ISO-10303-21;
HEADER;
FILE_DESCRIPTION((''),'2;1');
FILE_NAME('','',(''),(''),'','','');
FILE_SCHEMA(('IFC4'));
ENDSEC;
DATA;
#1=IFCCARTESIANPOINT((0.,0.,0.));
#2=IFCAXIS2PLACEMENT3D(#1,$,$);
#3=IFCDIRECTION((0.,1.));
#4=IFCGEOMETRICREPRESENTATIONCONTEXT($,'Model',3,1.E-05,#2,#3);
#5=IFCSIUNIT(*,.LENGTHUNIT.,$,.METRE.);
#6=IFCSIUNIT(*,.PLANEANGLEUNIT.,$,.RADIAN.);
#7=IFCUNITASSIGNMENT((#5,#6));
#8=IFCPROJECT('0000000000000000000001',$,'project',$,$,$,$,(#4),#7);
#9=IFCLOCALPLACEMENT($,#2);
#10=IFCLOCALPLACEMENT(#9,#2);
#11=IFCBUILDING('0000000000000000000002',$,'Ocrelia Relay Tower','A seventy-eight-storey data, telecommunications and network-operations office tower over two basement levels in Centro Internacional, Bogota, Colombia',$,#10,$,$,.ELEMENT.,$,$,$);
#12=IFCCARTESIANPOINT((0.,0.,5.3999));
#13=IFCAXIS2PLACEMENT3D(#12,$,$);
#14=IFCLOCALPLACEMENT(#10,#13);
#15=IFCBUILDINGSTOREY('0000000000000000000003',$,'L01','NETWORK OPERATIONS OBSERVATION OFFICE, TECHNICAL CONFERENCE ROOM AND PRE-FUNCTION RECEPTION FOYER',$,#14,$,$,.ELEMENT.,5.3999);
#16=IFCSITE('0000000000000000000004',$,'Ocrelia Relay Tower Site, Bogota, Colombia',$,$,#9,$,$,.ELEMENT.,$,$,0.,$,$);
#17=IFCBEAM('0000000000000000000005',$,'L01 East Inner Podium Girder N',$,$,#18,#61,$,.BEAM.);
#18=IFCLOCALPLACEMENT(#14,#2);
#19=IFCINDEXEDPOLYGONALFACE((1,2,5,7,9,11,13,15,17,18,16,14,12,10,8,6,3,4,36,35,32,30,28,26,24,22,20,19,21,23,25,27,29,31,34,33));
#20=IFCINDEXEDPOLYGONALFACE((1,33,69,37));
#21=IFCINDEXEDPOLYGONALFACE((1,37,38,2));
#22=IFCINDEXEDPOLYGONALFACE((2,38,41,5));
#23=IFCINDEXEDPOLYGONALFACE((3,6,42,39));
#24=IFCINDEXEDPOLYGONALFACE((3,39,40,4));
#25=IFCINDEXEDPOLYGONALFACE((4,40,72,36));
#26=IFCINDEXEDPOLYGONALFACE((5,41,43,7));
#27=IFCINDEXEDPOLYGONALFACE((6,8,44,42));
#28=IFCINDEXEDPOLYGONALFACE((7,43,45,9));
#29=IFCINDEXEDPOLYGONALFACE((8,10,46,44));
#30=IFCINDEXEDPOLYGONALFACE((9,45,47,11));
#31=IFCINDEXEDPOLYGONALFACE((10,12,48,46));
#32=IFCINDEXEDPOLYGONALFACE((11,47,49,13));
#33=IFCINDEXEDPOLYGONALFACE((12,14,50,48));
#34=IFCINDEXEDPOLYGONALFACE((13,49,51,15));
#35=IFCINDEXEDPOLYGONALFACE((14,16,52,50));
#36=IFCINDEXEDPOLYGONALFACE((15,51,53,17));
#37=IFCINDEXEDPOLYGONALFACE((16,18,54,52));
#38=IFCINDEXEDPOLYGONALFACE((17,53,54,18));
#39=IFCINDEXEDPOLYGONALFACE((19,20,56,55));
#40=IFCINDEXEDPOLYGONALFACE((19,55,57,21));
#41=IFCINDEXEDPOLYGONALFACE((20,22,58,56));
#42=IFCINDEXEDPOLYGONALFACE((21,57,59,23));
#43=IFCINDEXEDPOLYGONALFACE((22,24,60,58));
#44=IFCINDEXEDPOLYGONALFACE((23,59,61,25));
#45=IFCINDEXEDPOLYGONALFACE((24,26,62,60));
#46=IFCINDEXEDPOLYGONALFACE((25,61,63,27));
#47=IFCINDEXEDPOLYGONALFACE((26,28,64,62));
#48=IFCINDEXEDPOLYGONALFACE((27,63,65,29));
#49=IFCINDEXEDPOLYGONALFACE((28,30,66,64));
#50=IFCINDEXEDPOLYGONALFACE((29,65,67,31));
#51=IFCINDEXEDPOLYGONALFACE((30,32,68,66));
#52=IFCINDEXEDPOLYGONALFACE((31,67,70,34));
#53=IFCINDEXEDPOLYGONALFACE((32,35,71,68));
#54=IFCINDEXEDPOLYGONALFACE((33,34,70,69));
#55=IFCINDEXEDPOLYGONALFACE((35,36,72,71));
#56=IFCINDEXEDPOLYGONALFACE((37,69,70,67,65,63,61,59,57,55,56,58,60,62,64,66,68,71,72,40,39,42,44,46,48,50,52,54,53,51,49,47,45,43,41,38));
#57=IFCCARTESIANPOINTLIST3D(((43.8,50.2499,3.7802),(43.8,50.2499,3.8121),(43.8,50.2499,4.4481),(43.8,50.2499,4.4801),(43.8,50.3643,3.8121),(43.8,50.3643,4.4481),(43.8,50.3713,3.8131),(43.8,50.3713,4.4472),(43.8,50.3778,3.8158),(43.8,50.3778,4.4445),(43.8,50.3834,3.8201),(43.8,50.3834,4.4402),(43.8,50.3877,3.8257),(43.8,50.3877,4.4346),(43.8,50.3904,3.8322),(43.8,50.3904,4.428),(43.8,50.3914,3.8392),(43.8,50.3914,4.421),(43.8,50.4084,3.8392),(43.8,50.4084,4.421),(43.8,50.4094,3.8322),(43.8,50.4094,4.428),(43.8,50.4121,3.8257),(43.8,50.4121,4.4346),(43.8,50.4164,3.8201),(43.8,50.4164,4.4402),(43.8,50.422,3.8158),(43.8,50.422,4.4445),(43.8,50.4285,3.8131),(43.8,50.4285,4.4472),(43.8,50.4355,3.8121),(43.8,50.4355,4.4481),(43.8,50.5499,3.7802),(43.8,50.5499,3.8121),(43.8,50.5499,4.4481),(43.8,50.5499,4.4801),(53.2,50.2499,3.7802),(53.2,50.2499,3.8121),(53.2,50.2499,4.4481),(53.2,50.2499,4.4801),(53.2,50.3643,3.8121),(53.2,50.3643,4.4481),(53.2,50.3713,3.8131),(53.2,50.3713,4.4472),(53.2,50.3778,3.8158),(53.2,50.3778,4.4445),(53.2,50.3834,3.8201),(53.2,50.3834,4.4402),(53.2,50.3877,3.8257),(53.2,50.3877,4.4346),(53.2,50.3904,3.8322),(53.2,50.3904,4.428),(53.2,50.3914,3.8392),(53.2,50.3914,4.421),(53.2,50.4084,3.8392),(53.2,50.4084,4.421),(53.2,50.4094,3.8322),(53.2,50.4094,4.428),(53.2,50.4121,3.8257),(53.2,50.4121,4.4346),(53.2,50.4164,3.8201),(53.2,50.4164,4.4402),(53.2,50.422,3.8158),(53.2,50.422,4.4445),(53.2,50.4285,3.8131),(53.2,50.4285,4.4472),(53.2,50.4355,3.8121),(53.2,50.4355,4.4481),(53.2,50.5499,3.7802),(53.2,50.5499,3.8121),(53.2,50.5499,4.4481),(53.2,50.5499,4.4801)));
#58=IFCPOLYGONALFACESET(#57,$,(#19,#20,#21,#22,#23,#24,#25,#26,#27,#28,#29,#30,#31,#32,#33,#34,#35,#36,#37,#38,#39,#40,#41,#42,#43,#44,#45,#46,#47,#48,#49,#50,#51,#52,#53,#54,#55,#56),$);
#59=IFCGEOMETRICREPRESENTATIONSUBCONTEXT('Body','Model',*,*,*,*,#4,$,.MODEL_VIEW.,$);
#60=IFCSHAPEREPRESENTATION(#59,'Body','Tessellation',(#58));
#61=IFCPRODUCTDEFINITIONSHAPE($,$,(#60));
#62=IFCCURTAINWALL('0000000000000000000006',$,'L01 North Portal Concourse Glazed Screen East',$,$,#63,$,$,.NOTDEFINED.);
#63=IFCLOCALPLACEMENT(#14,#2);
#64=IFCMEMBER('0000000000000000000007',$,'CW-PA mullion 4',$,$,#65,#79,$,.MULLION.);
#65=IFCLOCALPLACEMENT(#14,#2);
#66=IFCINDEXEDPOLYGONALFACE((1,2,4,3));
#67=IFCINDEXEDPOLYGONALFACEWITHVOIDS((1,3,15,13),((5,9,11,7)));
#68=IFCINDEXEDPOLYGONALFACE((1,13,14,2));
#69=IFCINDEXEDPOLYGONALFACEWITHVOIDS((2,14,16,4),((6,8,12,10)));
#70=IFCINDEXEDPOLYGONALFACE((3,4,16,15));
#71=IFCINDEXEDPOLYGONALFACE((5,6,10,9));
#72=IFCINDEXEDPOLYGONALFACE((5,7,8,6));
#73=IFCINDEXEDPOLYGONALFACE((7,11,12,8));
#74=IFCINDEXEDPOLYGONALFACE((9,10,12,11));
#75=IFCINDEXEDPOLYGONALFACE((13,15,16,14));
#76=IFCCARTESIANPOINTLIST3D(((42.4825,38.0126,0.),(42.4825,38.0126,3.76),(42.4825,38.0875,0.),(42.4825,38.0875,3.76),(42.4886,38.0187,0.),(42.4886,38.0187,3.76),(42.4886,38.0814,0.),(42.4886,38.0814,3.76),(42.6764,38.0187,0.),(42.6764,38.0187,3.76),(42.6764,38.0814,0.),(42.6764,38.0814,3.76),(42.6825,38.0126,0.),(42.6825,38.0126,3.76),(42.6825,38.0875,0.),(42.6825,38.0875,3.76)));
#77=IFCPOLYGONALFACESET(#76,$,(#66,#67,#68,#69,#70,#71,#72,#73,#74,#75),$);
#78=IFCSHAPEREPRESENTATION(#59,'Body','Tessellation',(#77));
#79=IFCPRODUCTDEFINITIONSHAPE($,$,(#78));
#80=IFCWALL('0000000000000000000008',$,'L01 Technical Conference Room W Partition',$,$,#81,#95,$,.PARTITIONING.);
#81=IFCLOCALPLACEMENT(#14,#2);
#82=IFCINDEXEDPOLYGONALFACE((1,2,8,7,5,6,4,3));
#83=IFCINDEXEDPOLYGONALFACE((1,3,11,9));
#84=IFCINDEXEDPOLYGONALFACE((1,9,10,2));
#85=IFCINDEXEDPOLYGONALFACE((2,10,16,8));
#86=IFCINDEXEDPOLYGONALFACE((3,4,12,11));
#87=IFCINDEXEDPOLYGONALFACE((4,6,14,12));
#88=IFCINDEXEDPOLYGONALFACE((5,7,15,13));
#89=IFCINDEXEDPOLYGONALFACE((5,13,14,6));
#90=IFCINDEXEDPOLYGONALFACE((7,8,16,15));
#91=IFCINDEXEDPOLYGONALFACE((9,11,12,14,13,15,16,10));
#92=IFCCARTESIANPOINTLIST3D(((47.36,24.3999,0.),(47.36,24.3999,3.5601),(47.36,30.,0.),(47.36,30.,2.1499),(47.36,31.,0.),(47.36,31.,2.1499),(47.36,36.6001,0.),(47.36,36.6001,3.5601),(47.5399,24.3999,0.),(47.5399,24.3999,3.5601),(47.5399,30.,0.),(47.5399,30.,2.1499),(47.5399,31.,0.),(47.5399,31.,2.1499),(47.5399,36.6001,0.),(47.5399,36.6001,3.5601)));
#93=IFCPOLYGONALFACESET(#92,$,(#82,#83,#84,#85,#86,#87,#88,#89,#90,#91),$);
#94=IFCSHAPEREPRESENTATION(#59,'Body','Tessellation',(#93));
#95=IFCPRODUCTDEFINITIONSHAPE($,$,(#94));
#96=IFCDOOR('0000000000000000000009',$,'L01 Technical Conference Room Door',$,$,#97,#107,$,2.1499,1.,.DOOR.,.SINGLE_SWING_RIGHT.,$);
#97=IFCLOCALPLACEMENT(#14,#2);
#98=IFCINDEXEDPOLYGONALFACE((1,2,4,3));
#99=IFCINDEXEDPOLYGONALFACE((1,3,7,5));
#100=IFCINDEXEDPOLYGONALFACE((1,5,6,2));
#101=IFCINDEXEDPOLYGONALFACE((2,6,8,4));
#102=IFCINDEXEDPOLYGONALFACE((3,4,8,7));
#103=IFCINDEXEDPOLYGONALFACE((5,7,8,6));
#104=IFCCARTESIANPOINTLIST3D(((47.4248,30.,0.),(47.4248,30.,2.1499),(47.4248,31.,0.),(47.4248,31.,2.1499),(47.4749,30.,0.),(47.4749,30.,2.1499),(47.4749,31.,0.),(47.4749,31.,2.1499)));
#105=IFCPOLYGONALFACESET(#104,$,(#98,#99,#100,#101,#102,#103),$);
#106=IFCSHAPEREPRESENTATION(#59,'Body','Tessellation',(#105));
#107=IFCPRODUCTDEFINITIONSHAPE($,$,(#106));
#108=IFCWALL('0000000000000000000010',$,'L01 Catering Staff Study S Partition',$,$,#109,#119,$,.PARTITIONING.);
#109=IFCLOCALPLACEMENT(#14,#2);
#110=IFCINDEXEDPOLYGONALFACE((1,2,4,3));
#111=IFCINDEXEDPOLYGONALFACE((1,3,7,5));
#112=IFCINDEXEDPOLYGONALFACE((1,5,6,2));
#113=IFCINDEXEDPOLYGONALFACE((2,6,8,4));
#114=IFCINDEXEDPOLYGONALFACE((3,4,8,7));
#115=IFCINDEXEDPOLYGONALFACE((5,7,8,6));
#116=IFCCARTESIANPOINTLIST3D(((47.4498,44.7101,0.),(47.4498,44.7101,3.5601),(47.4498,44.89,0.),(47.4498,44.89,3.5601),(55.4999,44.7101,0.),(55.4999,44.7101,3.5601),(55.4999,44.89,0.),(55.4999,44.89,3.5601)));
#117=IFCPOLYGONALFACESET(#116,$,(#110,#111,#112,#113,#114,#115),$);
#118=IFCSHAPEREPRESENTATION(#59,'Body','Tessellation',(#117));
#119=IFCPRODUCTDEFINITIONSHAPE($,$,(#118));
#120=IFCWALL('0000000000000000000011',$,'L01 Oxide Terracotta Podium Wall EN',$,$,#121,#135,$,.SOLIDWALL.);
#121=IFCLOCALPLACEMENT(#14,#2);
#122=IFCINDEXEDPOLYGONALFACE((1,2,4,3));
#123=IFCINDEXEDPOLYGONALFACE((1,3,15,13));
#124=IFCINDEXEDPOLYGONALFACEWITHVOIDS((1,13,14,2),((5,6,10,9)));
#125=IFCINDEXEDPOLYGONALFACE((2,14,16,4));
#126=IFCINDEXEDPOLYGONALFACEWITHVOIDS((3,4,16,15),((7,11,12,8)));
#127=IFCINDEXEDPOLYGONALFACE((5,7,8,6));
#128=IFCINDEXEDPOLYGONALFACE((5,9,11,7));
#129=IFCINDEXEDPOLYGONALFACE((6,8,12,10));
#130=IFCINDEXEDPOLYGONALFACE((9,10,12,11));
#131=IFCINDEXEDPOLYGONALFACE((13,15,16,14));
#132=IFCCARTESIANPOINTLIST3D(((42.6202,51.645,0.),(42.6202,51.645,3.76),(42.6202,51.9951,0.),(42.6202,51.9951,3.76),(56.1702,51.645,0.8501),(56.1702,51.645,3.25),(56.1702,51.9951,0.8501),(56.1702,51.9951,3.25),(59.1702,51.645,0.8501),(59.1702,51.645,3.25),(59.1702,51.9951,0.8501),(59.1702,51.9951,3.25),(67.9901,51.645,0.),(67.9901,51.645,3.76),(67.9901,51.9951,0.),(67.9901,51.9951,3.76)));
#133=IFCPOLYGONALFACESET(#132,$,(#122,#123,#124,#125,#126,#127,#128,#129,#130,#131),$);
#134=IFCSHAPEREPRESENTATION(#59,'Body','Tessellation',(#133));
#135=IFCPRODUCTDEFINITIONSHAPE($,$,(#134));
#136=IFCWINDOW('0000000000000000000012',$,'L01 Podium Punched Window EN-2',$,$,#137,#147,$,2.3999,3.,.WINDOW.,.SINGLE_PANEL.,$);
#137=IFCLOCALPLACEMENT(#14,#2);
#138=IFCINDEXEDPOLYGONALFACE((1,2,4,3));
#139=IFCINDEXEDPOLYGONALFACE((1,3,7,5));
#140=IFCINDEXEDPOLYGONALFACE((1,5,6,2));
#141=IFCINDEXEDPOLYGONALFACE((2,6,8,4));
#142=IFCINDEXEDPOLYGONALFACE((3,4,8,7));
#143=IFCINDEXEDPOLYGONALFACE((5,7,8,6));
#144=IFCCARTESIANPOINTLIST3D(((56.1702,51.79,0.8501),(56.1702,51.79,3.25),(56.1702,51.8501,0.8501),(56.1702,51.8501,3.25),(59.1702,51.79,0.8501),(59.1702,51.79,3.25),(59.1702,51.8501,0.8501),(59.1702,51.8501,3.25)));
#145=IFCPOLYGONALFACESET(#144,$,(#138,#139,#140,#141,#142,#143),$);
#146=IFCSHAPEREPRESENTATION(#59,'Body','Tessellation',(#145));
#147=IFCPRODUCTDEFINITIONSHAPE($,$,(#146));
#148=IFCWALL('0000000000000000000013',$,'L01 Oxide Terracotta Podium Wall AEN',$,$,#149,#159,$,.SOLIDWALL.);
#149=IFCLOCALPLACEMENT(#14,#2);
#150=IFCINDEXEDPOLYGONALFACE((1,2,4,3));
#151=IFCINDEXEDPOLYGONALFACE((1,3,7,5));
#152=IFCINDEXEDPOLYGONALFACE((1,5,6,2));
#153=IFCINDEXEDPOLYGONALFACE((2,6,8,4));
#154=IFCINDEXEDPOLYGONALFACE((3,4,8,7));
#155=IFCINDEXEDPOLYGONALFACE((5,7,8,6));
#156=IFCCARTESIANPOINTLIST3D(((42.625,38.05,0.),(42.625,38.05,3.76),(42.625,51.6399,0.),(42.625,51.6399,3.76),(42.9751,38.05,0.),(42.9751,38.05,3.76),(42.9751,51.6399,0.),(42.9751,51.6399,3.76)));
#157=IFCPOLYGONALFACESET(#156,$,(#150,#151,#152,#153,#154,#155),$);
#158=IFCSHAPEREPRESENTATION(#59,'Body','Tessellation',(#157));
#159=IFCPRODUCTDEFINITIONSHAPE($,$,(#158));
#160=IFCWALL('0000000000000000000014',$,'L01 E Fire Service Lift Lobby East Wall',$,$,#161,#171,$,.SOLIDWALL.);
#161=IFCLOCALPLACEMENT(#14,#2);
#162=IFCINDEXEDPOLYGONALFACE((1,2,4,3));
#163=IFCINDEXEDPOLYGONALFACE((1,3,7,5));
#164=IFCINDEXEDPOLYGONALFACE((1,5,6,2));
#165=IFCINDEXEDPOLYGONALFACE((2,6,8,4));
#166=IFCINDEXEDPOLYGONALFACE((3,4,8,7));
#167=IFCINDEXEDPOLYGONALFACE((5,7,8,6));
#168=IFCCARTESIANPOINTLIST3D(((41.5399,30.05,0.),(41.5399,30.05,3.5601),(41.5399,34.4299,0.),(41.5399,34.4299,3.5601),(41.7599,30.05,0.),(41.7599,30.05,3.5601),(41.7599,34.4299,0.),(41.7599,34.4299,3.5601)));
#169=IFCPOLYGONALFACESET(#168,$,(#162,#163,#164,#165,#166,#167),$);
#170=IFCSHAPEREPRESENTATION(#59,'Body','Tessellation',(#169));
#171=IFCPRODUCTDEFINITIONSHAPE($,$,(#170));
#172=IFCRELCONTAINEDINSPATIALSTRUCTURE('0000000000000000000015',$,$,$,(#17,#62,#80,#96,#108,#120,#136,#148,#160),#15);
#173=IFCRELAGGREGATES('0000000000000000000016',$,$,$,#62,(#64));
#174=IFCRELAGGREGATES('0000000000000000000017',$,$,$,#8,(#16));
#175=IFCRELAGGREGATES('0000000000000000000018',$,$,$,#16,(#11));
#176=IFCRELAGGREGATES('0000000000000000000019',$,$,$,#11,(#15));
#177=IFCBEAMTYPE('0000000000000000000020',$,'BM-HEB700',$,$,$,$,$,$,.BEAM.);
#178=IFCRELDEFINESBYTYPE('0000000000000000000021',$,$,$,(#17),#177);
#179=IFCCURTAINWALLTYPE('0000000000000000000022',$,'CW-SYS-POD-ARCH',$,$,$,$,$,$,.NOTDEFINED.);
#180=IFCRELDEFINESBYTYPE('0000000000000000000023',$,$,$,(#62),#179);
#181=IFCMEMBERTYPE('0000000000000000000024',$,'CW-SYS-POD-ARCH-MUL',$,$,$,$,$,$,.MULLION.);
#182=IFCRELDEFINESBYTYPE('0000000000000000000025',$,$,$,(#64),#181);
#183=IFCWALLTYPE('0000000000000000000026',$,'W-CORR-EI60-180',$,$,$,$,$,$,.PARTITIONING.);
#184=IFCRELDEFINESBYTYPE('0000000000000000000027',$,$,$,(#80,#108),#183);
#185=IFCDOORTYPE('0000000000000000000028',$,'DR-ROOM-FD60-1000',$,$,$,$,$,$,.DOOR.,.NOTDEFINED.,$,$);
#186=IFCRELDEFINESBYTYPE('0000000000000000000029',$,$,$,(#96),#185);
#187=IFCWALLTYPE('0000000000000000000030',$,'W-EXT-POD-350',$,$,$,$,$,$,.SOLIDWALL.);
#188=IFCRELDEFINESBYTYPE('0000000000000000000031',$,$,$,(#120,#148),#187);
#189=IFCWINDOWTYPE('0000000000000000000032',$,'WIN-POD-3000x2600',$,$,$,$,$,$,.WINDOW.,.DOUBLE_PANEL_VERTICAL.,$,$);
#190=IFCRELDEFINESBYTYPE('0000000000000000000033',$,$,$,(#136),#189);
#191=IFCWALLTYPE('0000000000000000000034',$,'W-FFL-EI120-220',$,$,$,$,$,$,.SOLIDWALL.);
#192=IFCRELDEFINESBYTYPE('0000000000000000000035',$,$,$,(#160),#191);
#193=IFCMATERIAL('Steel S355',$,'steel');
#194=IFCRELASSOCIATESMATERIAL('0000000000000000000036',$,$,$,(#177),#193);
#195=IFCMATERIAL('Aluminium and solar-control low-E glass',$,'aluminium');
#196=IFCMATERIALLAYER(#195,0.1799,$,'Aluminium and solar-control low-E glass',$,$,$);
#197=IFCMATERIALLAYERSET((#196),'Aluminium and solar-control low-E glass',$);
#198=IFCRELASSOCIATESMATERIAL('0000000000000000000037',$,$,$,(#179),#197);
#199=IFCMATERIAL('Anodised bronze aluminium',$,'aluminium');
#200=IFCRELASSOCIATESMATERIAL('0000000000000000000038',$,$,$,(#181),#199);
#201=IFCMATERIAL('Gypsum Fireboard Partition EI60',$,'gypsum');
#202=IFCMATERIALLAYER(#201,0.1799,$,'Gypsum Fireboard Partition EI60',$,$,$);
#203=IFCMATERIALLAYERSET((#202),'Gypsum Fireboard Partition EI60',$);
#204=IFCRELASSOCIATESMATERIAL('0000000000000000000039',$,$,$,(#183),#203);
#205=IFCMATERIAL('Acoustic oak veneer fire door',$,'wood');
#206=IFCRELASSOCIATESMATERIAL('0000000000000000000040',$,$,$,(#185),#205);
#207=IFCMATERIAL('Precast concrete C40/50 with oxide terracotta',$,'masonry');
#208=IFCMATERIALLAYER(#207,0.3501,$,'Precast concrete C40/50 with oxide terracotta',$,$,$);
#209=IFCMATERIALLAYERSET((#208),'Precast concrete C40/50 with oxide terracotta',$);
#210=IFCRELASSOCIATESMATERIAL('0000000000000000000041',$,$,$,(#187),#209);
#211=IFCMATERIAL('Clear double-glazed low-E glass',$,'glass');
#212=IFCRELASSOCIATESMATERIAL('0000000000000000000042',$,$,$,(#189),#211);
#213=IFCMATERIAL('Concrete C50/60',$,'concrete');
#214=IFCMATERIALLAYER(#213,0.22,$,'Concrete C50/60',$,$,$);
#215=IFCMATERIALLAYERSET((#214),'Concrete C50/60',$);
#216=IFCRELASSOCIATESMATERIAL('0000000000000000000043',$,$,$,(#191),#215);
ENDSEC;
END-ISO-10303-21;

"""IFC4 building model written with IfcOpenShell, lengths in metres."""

from ifc_helpers import new_model, si_unit, direction, frame, frame_2d, origin, origin_2d, place, context, subcontext, project, spatial, rectangle, hollow_rectangle, i_section, extrude, material, layer, layer_set, material_profile, profile_set, type_object, element, fill, aggregate, save


model = new_model("IFC4")

# Units and contexts
model_context = context("Model", 3, precision=1e-05, world=origin(), true_north=direction((0.0, 1.0)))
body_context = subcontext(model_context, "Body", "Model", "MODEL_VIEW")
ifc_project = project(units=[si_unit("LENGTHUNIT", "METRE"), si_unit("PLANEANGLEUNIT", "RADIAN")], contexts=[model_context])

# Site, building, storey
site_placement = place(None, origin())
site = spatial("IfcSite", under=ifc_project, at=site_placement, Name="Ocrelia Relay Tower Site, Bogota, Colombia", CompositionType="ELEMENT", RefElevation=0.0)
building_placement = place(site_placement, origin())
building = spatial("IfcBuilding", under=site, at=building_placement, Name="Ocrelia Relay Tower", Description="A seventy-eight-storey data, telecommunications and network-operations office tower over two basement levels in Centro Internacional, Bogota, Colombia", CompositionType="ELEMENT")
storey_placement = place(building_placement, frame((0.0, 0.0, 5.3999)))
storey = spatial("IfcBuildingStorey", under=building, at=storey_placement, Name="L01", Description="NETWORK OPERATIONS OBSERVATION OFFICE, TECHNICAL CONFERENCE ROOM AND PRE-FUNCTION RECEPTION FOYER", CompositionType="ELEMENT", Elevation=5.3999)

# Beam
ifc_material_1 = material(Name="Steel S355", Category="steel")
ifc_material_profile_1 = material_profile(ifc_material_1, i_section(OverallWidth=0.3, OverallDepth=0.7, WebThickness=0.0171, FlangeThickness=0.032, FilletRadius=0.0271, at=origin_2d()), Name="HEB 700")
ifc_profile_set_1 = profile_set([ifc_material_profile_1], Name="Steel S355")
beam_type_1 = type_object("IfcBeamType", Name="BM-HEB700", PredefinedType="BEAM", material=ifc_profile_set_1)
beam_1_placement = place(storey_placement, frame((43.8, 50.3999, 4.1301), z_axis=(1.0, 0.0, 0.0), x_axis=(0.0, 1.0, 0.0)))
element("IfcBeam", 1, at=beam_1_placement, inside=storey, type_object=beam_type_1, Name="L01 East Inner Podium Girder N", PredefinedType="BEAM", context=body_context, shape_type="SweptSolid", body=[
    extrude(i_section(OverallWidth=0.3, OverallDepth=0.7, WebThickness=0.0171, FlangeThickness=0.032, FilletRadius=0.0271, at=origin_2d()), origin(), (0.0, 0.0, 1.0), 9.3999),
])

# Curtain wall, member
ifc_material_2 = material(Name="Aluminium and solar-control low-E glass", Category="aluminium")
ifc_layer_1 = layer(ifc_material_2, 0.1799, Name="Aluminium and solar-control low-E glass")
ifc_layer_set_1 = layer_set([ifc_layer_1], Name="Aluminium and solar-control low-E glass")
curtain_wall_type = type_object("IfcCurtainWallType", Name="CW-SYS-POD-ARCH", PredefinedType="NOTDEFINED", material=ifc_layer_set_1)
curtain_wall_placement = place(storey_placement, origin())
curtain_wall = element("IfcCurtainWall", 2, at=curtain_wall_placement, inside=storey, type_object=curtain_wall_type, Name="L01 North Portal Concourse Glazed Screen East", PredefinedType="NOTDEFINED")
ifc_material_3 = material(Name="Anodised bronze aluminium", Category="aluminium")
ifc_material_profile_2 = material_profile(ifc_material_3, hollow_rectangle(XDim=0.075, YDim=0.2, WallThickness=0.0061, at=origin_2d()), Name="CW-MUL-200x75")
ifc_profile_set_2 = profile_set([ifc_material_profile_2], Name="Anodised bronze aluminium")
member_type = type_object("IfcMemberType", Name="CW-SYS-POD-ARCH-MUL", PredefinedType="MULLION", material=ifc_profile_set_2)
member_placement = place(storey_placement, frame((42.5825, 38.05, 0.0), z_axis=(0.0, 0.0, 1.0), x_axis=(0.0, 1.0, 0.0)))
member = element("IfcMember", 3, at=member_placement, type_object=member_type, Name="CW-PA mullion 4", PredefinedType="MULLION", context=body_context, shape_type="SweptSolid", body=[
    extrude(hollow_rectangle(XDim=0.075, YDim=0.2, WallThickness=0.0061, at=origin_2d()), origin(), (0.0, 0.0, 1.0), 3.76),
])
aggregate(curtain_wall, [member])

# Wall, opening, door
ifc_material_4 = material(Name="Gypsum Fireboard Partition EI60", Category="gypsum")
ifc_layer_2 = layer(ifc_material_4, 0.1799, Name="Gypsum Fireboard Partition EI60")
ifc_layer_set_2 = layer_set([ifc_layer_2], Name="Gypsum Fireboard Partition EI60")
wall_type_1 = type_object("IfcWallType", Name="W-CORR-EI60-180", PredefinedType="PARTITIONING", material=ifc_layer_set_2)
wall_1_placement = place(storey_placement, frame((47.45, 36.6001, 0.0), z_axis=(0.0, 0.0, 1.0), x_axis=(0.0, -1.0, 0.0)))
wall_1 = element("IfcWall", 4, at=wall_1_placement, inside=storey, type_object=wall_type_1, Name="L01 Technical Conference Room W Partition", PredefinedType="PARTITIONING", context=body_context, shape_type="SweptSolid", body=[
    extrude(rectangle(XDim=12.2002, YDim=0.1799, at=frame_2d((6.1001, 0.0))), origin(), (0.0, 0.0, 1.0), 3.5601),
])
opening_1_placement = place(wall_1_placement, frame((5.6001, 0.0, 0.0)))
opening_1 = element("IfcOpeningElement", 5, at=opening_1_placement, cuts=wall_1, PredefinedType="OPENING", context=body_context, shape_type="SweptSolid", body=[
    extrude(rectangle(XDim=1.0, YDim=2.1499, at=frame_2d((0.5, 1.075))), frame((0.0, 0.1001, 0.0), z_axis=(0.0, -1.0, 0.0), x_axis=(1.0, 0.0, 0.0)), (0.0, 0.0, 1.0), 0.2),
])
ifc_material_5 = material(Name="Acoustic oak veneer fire door", Category="wood")
door_type_1 = type_object("IfcDoorType", Name="DR-ROOM-FD60-1000", OperationType="NOTDEFINED", PredefinedType="DOOR", material=ifc_material_5)
door_1_placement = place(opening_1_placement, origin())
door_1 = element("IfcDoor", 6, at=door_1_placement, inside=storey, type_object=door_type_1, Name="L01 Technical Conference Room Door", OperationType="SINGLE_SWING_RIGHT", OverallHeight=2.1499, OverallWidth=1.0, PredefinedType="DOOR", context=body_context, shape_type="SweptSolid", body=[
    extrude(rectangle(XDim=1.0, YDim=2.1499, at=frame_2d((0.5, 1.075))), frame((0.0, 0.0249, 0.0), z_axis=(0.0, -1.0, 0.0), x_axis=(1.0, 0.0, 0.0)), (0.0, 0.0, 1.0), 0.05),
])
fill(opening_1, door_1)

# Wall
wall_2_placement = place(storey_placement, frame((47.45, 44.8, 0.0), z_axis=(0.0, 0.0, 1.0), x_axis=(1.0, 0.0, 0.0)))
element("IfcWall", 7, at=wall_2_placement, inside=storey, type_object=wall_type_1, Name="L01 Catering Staff Study S Partition", PredefinedType="PARTITIONING", context=body_context, shape_type="SweptSolid", body=[
    extrude(rectangle(XDim=8.05, YDim=0.1799, at=frame_2d((4.0249, 0.0))), origin(), (0.0, 0.0, 1.0), 3.5601),
])

# Wall, opening, window
ifc_material_6 = material(Name="Precast concrete C40/50 with oxide terracotta", Category="masonry")
ifc_layer_3 = layer(ifc_material_6, 0.3501, Name="Precast concrete C40/50 with oxide terracotta")
ifc_layer_set_3 = layer_set([ifc_layer_3], Name="Precast concrete C40/50 with oxide terracotta")
wall_type_2 = type_object("IfcWallType", Name="W-EXT-POD-350", PredefinedType="SOLIDWALL", material=ifc_layer_set_3)
wall_3_placement = place(storey_placement, frame((42.6201, 51.8201, 0.0), z_axis=(0.0, 0.0, 1.0), x_axis=(1.0, 0.0, 0.0)))
wall_3 = element("IfcWall", 8, at=wall_3_placement, inside=storey, type_object=wall_type_2, Name="L01 Oxide Terracotta Podium Wall EN", PredefinedType="SOLIDWALL", context=body_context, shape_type="SweptSolid", body=[
    extrude(rectangle(XDim=25.3699, YDim=0.3501, at=frame_2d((12.6851, 0.0))), origin(), (0.0, 0.0, 1.0), 3.76),
])
opening_2_placement = place(wall_3_placement, frame((13.55, 0.0, 0.8501)))
opening_2 = element("IfcOpeningElement", 9, at=opening_2_placement, cuts=wall_3, PredefinedType="OPENING", context=body_context, shape_type="SweptSolid", body=[
    extrude(rectangle(XDim=3.0, YDim=2.3999, at=frame_2d((1.5, 1.2))), frame((0.0, 0.1851, 0.0), z_axis=(0.0, -1.0, 0.0), x_axis=(1.0, 0.0, 0.0)), (0.0, 0.0, 1.0), 0.3701),
])
ifc_material_7 = material(Name="Clear double-glazed low-E glass", Category="glass")
window_type = type_object("IfcWindowType", Name="WIN-POD-3000x2600", PartitioningType="DOUBLE_PANEL_VERTICAL", PredefinedType="WINDOW", material=ifc_material_7)
window_placement = place(opening_2_placement, origin())
window = element("IfcWindow", 10, at=window_placement, inside=storey, type_object=window_type, Name="L01 Podium Punched Window EN-2", OverallHeight=2.3999, OverallWidth=3.0, PartitioningType="SINGLE_PANEL", PredefinedType="WINDOW", context=body_context, shape_type="SweptSolid", body=[
    extrude(rectangle(XDim=3.0, YDim=2.3999, at=frame_2d((1.5, 1.2))), frame((0.0, 0.03, 0.0), z_axis=(0.0, -1.0, 0.0), x_axis=(1.0, 0.0, 0.0)), (0.0, 0.0, 1.0), 0.0601),
])
fill(opening_2, window)

# Walls
wall_4_placement = place(storey_placement, frame((42.8, 38.05, 0.0), z_axis=(0.0, 0.0, 1.0), x_axis=(0.0, 1.0, 0.0)))
element("IfcWall", 11, at=wall_4_placement, inside=storey, type_object=wall_type_2, Name="L01 Oxide Terracotta Podium Wall AEN", PredefinedType="SOLIDWALL", context=body_context, shape_type="SweptSolid", body=[
    extrude(rectangle(XDim=13.5898, YDim=0.3501, at=frame_2d((6.7949, 0.0))), origin(), (0.0, 0.0, 1.0), 3.76),
])
ifc_material_8 = material(Name="Concrete C50/60", Category="concrete")
ifc_layer_4 = layer(ifc_material_8, 0.22, Name="Concrete C50/60")
ifc_layer_set_4 = layer_set([ifc_layer_4], Name="Concrete C50/60")
wall_type_3 = type_object("IfcWallType", Name="W-FFL-EI120-220", PredefinedType="SOLIDWALL", material=ifc_layer_set_4)
wall_5_placement = place(storey_placement, frame((41.6499, 30.05, 0.0), z_axis=(0.0, 0.0, 1.0), x_axis=(0.0, 1.0, 0.0)))
element("IfcWall", 12, at=wall_5_placement, inside=storey, type_object=wall_type_3, Name="L01 E Fire Service Lift Lobby East Wall", PredefinedType="SOLIDWALL", context=body_context, shape_type="SweptSolid", body=[
    extrude(rectangle(XDim=4.3799, YDim=0.22, at=frame_2d((2.1899, 0.0))), origin(), (0.0, 0.0, 1.0), 3.5601),
])

save(model, "model.ifc")
